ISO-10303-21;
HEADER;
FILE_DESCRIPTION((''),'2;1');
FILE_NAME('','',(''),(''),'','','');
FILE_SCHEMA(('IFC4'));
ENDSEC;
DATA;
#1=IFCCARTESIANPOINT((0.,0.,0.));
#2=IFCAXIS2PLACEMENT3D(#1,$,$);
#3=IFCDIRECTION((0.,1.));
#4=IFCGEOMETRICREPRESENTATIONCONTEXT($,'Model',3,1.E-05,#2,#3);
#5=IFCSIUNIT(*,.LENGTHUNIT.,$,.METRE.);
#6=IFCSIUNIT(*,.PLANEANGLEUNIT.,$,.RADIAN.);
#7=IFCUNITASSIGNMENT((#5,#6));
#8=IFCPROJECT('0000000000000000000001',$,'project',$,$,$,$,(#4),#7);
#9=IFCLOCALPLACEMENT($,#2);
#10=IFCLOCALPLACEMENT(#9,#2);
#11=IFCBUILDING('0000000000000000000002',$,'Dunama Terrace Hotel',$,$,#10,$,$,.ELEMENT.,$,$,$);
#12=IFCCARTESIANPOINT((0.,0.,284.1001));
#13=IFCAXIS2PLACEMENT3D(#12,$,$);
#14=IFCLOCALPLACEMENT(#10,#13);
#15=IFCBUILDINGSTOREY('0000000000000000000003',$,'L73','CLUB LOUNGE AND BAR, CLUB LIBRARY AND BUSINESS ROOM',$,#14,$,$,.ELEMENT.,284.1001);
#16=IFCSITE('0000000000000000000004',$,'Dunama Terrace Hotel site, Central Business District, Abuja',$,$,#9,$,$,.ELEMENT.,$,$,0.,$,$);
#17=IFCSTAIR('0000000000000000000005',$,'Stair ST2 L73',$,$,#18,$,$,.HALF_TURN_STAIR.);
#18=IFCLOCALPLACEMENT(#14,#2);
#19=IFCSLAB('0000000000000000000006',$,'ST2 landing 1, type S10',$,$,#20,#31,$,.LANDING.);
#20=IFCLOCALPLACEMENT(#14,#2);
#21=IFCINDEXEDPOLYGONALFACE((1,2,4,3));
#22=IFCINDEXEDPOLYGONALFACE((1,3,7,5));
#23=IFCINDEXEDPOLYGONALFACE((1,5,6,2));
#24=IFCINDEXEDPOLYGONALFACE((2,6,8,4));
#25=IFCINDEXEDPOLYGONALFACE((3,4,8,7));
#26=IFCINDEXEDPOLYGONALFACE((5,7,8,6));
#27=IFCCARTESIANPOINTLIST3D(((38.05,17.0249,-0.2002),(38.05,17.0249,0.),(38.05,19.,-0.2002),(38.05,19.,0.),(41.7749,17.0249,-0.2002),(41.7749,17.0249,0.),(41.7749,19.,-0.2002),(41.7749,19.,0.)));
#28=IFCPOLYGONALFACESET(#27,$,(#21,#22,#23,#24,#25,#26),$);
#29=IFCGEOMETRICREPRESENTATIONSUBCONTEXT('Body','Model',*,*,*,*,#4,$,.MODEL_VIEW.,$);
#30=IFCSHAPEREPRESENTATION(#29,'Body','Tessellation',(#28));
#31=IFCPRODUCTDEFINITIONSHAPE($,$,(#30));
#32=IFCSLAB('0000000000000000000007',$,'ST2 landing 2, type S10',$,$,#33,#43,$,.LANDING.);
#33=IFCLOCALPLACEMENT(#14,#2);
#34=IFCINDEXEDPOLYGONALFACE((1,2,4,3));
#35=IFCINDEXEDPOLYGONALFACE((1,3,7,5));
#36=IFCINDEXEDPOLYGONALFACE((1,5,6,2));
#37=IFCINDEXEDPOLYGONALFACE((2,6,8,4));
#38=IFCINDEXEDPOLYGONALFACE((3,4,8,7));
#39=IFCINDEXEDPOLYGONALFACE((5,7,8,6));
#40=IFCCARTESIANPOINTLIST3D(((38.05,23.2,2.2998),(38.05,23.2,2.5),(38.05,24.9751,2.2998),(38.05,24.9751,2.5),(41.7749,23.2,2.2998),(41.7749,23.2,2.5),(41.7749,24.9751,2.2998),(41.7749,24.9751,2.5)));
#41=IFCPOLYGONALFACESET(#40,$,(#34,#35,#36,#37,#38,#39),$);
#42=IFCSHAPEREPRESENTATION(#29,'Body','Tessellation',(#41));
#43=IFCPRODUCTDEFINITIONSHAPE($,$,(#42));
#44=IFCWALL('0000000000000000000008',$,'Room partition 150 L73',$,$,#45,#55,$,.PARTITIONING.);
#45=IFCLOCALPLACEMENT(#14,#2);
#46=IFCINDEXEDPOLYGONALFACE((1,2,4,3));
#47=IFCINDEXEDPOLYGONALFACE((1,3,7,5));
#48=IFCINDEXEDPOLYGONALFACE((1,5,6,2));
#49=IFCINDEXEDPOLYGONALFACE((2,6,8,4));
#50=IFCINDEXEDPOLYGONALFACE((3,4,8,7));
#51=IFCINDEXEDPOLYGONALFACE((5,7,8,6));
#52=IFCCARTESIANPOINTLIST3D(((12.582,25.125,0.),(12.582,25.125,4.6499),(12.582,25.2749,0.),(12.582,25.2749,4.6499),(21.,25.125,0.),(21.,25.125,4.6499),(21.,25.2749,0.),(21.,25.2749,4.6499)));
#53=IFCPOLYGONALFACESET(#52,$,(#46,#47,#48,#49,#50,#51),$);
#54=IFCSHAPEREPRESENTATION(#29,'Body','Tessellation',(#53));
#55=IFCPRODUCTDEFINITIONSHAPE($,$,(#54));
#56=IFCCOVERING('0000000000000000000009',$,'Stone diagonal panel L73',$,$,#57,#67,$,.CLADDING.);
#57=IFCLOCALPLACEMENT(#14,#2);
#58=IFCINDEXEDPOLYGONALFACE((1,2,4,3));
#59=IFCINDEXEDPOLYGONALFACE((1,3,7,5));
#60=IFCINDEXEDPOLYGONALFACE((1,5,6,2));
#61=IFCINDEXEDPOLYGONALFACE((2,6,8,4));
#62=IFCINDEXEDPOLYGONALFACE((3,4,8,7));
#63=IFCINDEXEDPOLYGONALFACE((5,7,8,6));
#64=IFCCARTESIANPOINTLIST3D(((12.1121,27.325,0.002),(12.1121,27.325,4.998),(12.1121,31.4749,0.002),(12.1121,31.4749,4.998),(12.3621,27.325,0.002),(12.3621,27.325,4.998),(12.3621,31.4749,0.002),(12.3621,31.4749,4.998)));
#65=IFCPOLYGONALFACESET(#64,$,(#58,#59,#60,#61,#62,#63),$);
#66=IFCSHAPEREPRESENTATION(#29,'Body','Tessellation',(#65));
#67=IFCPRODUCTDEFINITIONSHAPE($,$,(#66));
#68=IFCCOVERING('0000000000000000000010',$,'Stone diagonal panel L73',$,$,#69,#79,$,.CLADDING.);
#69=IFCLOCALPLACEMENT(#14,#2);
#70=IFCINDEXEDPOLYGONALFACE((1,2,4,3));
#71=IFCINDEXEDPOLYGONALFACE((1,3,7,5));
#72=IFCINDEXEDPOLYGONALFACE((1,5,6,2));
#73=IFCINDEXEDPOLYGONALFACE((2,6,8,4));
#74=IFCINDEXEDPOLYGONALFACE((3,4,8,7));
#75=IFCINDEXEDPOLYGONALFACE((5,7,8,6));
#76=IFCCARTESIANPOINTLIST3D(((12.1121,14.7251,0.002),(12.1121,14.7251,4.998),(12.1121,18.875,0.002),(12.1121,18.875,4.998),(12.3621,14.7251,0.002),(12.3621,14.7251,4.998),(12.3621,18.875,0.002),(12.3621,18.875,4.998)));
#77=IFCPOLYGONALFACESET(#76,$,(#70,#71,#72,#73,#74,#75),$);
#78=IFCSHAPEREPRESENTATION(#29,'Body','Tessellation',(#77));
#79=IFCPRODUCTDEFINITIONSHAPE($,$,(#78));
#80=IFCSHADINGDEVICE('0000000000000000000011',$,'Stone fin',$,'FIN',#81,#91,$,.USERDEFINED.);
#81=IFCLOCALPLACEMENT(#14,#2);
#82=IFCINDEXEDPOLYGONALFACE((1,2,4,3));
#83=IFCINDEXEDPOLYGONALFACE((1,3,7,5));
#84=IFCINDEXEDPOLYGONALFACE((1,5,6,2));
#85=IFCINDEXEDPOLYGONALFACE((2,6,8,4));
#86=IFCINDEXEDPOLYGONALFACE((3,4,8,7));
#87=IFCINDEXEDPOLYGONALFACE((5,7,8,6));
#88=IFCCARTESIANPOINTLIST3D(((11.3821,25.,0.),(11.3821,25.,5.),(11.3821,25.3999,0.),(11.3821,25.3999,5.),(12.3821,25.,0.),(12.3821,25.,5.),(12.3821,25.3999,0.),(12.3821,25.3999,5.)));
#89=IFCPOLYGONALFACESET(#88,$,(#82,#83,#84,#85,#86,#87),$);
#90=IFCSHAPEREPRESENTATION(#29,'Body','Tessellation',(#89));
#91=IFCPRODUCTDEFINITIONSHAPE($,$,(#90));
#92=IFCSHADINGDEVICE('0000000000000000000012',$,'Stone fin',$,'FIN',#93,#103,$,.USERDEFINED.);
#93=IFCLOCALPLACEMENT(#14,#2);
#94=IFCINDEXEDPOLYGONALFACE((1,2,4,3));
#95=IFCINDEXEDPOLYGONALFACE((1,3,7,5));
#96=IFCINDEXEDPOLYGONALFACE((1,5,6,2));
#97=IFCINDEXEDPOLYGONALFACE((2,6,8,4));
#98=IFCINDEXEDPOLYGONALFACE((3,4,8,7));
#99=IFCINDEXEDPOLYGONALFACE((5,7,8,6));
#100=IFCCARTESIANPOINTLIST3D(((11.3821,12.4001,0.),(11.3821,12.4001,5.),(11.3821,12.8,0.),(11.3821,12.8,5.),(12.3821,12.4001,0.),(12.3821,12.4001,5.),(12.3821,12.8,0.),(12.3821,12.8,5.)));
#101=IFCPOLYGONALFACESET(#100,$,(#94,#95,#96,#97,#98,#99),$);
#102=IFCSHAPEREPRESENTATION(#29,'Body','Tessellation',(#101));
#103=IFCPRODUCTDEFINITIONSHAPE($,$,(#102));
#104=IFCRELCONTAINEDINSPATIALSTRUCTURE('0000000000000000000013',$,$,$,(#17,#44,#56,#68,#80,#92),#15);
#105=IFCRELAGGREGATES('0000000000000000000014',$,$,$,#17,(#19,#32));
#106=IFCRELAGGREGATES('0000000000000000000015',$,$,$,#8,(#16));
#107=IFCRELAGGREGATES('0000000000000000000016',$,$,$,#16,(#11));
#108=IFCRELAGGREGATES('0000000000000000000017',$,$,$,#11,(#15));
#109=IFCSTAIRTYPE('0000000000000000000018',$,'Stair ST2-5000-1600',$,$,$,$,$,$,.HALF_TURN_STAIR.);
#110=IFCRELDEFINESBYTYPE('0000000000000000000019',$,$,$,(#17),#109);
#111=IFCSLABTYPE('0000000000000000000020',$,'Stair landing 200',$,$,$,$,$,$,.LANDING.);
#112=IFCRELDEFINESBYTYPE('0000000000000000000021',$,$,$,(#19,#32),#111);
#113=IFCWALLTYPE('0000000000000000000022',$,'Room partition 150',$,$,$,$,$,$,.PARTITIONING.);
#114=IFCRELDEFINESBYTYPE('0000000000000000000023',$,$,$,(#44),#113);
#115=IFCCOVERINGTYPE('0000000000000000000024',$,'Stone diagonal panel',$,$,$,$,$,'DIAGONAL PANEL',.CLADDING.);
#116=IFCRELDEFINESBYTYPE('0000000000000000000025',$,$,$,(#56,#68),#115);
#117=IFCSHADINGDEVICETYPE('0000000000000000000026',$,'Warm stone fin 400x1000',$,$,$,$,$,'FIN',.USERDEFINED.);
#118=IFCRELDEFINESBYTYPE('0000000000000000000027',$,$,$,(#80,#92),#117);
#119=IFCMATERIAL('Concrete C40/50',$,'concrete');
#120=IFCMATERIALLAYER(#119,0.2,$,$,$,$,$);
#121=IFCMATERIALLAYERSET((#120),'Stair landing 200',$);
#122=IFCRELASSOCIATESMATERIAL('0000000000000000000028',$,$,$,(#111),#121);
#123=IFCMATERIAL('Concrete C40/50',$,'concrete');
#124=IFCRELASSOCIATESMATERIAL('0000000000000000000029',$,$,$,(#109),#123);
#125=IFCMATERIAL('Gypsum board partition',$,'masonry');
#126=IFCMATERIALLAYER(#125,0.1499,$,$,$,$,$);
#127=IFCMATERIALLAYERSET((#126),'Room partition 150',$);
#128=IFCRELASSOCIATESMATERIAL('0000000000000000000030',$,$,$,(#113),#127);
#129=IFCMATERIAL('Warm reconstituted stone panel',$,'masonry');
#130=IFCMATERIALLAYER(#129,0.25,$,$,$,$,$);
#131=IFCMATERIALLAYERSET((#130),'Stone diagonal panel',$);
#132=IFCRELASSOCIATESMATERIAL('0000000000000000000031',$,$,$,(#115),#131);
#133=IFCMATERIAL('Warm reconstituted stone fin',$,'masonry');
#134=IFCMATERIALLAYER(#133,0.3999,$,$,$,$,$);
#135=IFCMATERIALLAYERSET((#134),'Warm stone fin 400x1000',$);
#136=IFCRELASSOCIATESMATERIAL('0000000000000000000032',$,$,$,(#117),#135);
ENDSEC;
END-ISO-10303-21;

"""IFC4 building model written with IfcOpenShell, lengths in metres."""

from ifc_helpers import new_model, si_unit, direction, frame, frame_2d, origin, origin_2d, place, context, subcontext, project, spatial, polyline, rectangle, outline, extrude, material, layer, layer_set, type_object, element, aggregate, save


model = new_model("IFC4")

# Units and contexts
model_context = context("Model", 3, precision=1e-05, world=origin(), true_north=direction((0.0, 1.0)))
body_context = subcontext(model_context, "Body", "Model", "MODEL_VIEW")
ifc_project = project(units=[si_unit("LENGTHUNIT", "METRE"), si_unit("PLANEANGLEUNIT", "RADIAN")], contexts=[model_context])

# Site, building, storey
site_placement = place(None, origin())
site = spatial("IfcSite", under=ifc_project, at=site_placement, Name="Dunama Terrace Hotel site, Central Business District, Abuja", CompositionType="ELEMENT", RefElevation=0.0)
building_placement = place(site_placement, origin())
building = spatial("IfcBuilding", under=site, at=building_placement, Name="Dunama Terrace Hotel", CompositionType="ELEMENT")
storey_placement = place(building_placement, frame((0.0, 0.0, 284.1001)))
storey = spatial("IfcBuildingStorey", under=building, at=storey_placement, Name="L73", Description="CLUB LOUNGE AND BAR, CLUB LIBRARY AND BUSINESS ROOM", CompositionType="ELEMENT", Elevation=284.1001)

# Stair, slabs
ifc_material_1 = material(Name="Concrete C40/50", Category="concrete")
ifc_layer_1 = layer(ifc_material_1, 0.2)
ifc_layer_set_1 = layer_set([ifc_layer_1], Name="Stair landing 200")
slab_type_1 = type_object("IfcSlabType", Name="Stair landing 200", PredefinedType="LANDING", material=ifc_layer_set_1)
ifc_material_2 = material(Name="Concrete C40/50", Category="concrete")
stair_type_1 = type_object("IfcStairType", Name="Stair ST2-5000-1600", PredefinedType="HALF_TURN_STAIR", material=ifc_material_2)
stair_1_placement = place(storey_placement, origin())
stair_1 = element("IfcStair", 1, at=stair_1_placement, inside=storey, type_object=stair_type_1, Name="Stair ST2 L73", PredefinedType="HALF_TURN_STAIR")
slab_1_placement = place(storey_placement, frame((0.0, 0.0, -0.2002)))
slab_1 = element("IfcSlab", 2, at=slab_1_placement, type_object=slab_type_1, Name="ST2 landing 1, type S10", PredefinedType="LANDING", context=body_context, shape_type="SweptSolid", body=[
    extrude(outline(polyline([(38.05, 17.0249), (41.7749, 17.0249), (41.7749, 19.0), (38.05, 19.0), (38.05, 17.0249)])), origin(), (0.0, 0.0, 1.0), 0.2002),
])
slab_2_placement = place(storey_placement, frame((0.0, 0.0, 2.2998)))
slab_2 = element("IfcSlab", 3, at=slab_2_placement, type_object=slab_type_1, Name="ST2 landing 2, type S10", PredefinedType="LANDING", context=body_context, shape_type="SweptSolid", body=[
    extrude(outline(polyline([(38.05, 23.2), (41.7749, 23.2), (41.7749, 24.9751), (38.05, 24.9751), (38.05, 23.2)])), origin(), (0.0, 0.0, 1.0), 0.2002),
])
aggregate(stair_1, [slab_1, slab_2])

# Wall
ifc_material_3 = material(Name="Gypsum board partition", Category="masonry")
ifc_layer_2 = layer(ifc_material_3, 0.1499)
ifc_layer_set_2 = layer_set([ifc_layer_2], Name="Room partition 150")
wall_type = type_object("IfcWallType", Name="Room partition 150", PredefinedType="PARTITIONING", material=ifc_layer_set_2)
wall_placement = place(storey_placement, frame((12.582, 25.2, 0.0), z_axis=(0.0, 0.0, 1.0), x_axis=(1.0, 0.0, 0.0)))
element("IfcWall", 4, at=wall_placement, inside=storey, type_object=wall_type, Name="Room partition 150 L73", PredefinedType="PARTITIONING", context=body_context, shape_type="SweptSolid", body=[
    extrude(rectangle(XDim=8.418, YDim=0.1499, at=frame_2d((4.209, 0.0))), origin(), (0.0, 0.0, 1.0), 4.6499),
])

# Coverings
ifc_material_4 = material(Name="Warm reconstituted stone panel", Category="masonry")
ifc_layer_3 = layer(ifc_material_4, 0.25)
ifc_layer_set_3 = layer_set([ifc_layer_3], Name="Stone diagonal panel")
covering_type = type_object("IfcCoveringType", Name="Stone diagonal panel", ElementType="DIAGONAL PANEL", PredefinedType="CLADDING", material=ifc_layer_set_3)
for number, where, z_axis, x_axis, name in (
    (5, (12.2371, 29.3999, 0.002), (0.0, 0.0, 1.0), (0.0, -1.0, 0.0), "Stone diagonal panel L73"),
    (6, (12.2371, 16.8, 0.002), (0.0, 0.0, 1.0), (0.0, -1.0, 0.0), "Stone diagonal panel L73"),
):
    element("IfcCovering", number, at=place(storey_placement, frame(where, z_axis=z_axis, x_axis=x_axis)), inside=storey, type_object=covering_type, Name=name, PredefinedType="CLADDING", context=body_context, shape_type="SweptSolid", body=[
        extrude(rectangle(XDim=4.1499, YDim=0.25, at=origin_2d()), origin(), (0.0, 0.0, 1.0), 4.9961),
    ])

# Shading devices
ifc_material_5 = material(Name="Warm reconstituted stone fin", Category="masonry")
ifc_layer_4 = layer(ifc_material_5, 0.3999)
ifc_layer_set_4 = layer_set([ifc_layer_4], Name="Warm stone fin 400x1000")
shading_device_type = type_object("IfcShadingDeviceType", Name="Warm stone fin 400x1000", ElementType="FIN", PredefinedType="USERDEFINED", material=ifc_layer_set_4)
for number, where, z_axis, x_axis, name in (
    (7, (11.8821, 25.2, 0.0), (0.0, 0.0, 1.0), (0.0, -1.0, 0.0), "Stone fin"),
    (8, (11.8821, 12.6001, 0.0), (0.0, 0.0, 1.0), (0.0, -1.0, 0.0), "Stone fin"),
):
    element("IfcShadingDevice", number, at=place(storey_placement, frame(where, z_axis=z_axis, x_axis=x_axis)), inside=storey, type_object=shading_device_type, Name=name, ObjectType="FIN", PredefinedType="USERDEFINED", context=body_context, shape_type="SweptSolid", body=[
        extrude(rectangle(XDim=0.3999, YDim=1.0, at=origin_2d()), origin(), (0.0, 0.0, 1.0), 5.0),
    ])

save(model, "model.ifc")
